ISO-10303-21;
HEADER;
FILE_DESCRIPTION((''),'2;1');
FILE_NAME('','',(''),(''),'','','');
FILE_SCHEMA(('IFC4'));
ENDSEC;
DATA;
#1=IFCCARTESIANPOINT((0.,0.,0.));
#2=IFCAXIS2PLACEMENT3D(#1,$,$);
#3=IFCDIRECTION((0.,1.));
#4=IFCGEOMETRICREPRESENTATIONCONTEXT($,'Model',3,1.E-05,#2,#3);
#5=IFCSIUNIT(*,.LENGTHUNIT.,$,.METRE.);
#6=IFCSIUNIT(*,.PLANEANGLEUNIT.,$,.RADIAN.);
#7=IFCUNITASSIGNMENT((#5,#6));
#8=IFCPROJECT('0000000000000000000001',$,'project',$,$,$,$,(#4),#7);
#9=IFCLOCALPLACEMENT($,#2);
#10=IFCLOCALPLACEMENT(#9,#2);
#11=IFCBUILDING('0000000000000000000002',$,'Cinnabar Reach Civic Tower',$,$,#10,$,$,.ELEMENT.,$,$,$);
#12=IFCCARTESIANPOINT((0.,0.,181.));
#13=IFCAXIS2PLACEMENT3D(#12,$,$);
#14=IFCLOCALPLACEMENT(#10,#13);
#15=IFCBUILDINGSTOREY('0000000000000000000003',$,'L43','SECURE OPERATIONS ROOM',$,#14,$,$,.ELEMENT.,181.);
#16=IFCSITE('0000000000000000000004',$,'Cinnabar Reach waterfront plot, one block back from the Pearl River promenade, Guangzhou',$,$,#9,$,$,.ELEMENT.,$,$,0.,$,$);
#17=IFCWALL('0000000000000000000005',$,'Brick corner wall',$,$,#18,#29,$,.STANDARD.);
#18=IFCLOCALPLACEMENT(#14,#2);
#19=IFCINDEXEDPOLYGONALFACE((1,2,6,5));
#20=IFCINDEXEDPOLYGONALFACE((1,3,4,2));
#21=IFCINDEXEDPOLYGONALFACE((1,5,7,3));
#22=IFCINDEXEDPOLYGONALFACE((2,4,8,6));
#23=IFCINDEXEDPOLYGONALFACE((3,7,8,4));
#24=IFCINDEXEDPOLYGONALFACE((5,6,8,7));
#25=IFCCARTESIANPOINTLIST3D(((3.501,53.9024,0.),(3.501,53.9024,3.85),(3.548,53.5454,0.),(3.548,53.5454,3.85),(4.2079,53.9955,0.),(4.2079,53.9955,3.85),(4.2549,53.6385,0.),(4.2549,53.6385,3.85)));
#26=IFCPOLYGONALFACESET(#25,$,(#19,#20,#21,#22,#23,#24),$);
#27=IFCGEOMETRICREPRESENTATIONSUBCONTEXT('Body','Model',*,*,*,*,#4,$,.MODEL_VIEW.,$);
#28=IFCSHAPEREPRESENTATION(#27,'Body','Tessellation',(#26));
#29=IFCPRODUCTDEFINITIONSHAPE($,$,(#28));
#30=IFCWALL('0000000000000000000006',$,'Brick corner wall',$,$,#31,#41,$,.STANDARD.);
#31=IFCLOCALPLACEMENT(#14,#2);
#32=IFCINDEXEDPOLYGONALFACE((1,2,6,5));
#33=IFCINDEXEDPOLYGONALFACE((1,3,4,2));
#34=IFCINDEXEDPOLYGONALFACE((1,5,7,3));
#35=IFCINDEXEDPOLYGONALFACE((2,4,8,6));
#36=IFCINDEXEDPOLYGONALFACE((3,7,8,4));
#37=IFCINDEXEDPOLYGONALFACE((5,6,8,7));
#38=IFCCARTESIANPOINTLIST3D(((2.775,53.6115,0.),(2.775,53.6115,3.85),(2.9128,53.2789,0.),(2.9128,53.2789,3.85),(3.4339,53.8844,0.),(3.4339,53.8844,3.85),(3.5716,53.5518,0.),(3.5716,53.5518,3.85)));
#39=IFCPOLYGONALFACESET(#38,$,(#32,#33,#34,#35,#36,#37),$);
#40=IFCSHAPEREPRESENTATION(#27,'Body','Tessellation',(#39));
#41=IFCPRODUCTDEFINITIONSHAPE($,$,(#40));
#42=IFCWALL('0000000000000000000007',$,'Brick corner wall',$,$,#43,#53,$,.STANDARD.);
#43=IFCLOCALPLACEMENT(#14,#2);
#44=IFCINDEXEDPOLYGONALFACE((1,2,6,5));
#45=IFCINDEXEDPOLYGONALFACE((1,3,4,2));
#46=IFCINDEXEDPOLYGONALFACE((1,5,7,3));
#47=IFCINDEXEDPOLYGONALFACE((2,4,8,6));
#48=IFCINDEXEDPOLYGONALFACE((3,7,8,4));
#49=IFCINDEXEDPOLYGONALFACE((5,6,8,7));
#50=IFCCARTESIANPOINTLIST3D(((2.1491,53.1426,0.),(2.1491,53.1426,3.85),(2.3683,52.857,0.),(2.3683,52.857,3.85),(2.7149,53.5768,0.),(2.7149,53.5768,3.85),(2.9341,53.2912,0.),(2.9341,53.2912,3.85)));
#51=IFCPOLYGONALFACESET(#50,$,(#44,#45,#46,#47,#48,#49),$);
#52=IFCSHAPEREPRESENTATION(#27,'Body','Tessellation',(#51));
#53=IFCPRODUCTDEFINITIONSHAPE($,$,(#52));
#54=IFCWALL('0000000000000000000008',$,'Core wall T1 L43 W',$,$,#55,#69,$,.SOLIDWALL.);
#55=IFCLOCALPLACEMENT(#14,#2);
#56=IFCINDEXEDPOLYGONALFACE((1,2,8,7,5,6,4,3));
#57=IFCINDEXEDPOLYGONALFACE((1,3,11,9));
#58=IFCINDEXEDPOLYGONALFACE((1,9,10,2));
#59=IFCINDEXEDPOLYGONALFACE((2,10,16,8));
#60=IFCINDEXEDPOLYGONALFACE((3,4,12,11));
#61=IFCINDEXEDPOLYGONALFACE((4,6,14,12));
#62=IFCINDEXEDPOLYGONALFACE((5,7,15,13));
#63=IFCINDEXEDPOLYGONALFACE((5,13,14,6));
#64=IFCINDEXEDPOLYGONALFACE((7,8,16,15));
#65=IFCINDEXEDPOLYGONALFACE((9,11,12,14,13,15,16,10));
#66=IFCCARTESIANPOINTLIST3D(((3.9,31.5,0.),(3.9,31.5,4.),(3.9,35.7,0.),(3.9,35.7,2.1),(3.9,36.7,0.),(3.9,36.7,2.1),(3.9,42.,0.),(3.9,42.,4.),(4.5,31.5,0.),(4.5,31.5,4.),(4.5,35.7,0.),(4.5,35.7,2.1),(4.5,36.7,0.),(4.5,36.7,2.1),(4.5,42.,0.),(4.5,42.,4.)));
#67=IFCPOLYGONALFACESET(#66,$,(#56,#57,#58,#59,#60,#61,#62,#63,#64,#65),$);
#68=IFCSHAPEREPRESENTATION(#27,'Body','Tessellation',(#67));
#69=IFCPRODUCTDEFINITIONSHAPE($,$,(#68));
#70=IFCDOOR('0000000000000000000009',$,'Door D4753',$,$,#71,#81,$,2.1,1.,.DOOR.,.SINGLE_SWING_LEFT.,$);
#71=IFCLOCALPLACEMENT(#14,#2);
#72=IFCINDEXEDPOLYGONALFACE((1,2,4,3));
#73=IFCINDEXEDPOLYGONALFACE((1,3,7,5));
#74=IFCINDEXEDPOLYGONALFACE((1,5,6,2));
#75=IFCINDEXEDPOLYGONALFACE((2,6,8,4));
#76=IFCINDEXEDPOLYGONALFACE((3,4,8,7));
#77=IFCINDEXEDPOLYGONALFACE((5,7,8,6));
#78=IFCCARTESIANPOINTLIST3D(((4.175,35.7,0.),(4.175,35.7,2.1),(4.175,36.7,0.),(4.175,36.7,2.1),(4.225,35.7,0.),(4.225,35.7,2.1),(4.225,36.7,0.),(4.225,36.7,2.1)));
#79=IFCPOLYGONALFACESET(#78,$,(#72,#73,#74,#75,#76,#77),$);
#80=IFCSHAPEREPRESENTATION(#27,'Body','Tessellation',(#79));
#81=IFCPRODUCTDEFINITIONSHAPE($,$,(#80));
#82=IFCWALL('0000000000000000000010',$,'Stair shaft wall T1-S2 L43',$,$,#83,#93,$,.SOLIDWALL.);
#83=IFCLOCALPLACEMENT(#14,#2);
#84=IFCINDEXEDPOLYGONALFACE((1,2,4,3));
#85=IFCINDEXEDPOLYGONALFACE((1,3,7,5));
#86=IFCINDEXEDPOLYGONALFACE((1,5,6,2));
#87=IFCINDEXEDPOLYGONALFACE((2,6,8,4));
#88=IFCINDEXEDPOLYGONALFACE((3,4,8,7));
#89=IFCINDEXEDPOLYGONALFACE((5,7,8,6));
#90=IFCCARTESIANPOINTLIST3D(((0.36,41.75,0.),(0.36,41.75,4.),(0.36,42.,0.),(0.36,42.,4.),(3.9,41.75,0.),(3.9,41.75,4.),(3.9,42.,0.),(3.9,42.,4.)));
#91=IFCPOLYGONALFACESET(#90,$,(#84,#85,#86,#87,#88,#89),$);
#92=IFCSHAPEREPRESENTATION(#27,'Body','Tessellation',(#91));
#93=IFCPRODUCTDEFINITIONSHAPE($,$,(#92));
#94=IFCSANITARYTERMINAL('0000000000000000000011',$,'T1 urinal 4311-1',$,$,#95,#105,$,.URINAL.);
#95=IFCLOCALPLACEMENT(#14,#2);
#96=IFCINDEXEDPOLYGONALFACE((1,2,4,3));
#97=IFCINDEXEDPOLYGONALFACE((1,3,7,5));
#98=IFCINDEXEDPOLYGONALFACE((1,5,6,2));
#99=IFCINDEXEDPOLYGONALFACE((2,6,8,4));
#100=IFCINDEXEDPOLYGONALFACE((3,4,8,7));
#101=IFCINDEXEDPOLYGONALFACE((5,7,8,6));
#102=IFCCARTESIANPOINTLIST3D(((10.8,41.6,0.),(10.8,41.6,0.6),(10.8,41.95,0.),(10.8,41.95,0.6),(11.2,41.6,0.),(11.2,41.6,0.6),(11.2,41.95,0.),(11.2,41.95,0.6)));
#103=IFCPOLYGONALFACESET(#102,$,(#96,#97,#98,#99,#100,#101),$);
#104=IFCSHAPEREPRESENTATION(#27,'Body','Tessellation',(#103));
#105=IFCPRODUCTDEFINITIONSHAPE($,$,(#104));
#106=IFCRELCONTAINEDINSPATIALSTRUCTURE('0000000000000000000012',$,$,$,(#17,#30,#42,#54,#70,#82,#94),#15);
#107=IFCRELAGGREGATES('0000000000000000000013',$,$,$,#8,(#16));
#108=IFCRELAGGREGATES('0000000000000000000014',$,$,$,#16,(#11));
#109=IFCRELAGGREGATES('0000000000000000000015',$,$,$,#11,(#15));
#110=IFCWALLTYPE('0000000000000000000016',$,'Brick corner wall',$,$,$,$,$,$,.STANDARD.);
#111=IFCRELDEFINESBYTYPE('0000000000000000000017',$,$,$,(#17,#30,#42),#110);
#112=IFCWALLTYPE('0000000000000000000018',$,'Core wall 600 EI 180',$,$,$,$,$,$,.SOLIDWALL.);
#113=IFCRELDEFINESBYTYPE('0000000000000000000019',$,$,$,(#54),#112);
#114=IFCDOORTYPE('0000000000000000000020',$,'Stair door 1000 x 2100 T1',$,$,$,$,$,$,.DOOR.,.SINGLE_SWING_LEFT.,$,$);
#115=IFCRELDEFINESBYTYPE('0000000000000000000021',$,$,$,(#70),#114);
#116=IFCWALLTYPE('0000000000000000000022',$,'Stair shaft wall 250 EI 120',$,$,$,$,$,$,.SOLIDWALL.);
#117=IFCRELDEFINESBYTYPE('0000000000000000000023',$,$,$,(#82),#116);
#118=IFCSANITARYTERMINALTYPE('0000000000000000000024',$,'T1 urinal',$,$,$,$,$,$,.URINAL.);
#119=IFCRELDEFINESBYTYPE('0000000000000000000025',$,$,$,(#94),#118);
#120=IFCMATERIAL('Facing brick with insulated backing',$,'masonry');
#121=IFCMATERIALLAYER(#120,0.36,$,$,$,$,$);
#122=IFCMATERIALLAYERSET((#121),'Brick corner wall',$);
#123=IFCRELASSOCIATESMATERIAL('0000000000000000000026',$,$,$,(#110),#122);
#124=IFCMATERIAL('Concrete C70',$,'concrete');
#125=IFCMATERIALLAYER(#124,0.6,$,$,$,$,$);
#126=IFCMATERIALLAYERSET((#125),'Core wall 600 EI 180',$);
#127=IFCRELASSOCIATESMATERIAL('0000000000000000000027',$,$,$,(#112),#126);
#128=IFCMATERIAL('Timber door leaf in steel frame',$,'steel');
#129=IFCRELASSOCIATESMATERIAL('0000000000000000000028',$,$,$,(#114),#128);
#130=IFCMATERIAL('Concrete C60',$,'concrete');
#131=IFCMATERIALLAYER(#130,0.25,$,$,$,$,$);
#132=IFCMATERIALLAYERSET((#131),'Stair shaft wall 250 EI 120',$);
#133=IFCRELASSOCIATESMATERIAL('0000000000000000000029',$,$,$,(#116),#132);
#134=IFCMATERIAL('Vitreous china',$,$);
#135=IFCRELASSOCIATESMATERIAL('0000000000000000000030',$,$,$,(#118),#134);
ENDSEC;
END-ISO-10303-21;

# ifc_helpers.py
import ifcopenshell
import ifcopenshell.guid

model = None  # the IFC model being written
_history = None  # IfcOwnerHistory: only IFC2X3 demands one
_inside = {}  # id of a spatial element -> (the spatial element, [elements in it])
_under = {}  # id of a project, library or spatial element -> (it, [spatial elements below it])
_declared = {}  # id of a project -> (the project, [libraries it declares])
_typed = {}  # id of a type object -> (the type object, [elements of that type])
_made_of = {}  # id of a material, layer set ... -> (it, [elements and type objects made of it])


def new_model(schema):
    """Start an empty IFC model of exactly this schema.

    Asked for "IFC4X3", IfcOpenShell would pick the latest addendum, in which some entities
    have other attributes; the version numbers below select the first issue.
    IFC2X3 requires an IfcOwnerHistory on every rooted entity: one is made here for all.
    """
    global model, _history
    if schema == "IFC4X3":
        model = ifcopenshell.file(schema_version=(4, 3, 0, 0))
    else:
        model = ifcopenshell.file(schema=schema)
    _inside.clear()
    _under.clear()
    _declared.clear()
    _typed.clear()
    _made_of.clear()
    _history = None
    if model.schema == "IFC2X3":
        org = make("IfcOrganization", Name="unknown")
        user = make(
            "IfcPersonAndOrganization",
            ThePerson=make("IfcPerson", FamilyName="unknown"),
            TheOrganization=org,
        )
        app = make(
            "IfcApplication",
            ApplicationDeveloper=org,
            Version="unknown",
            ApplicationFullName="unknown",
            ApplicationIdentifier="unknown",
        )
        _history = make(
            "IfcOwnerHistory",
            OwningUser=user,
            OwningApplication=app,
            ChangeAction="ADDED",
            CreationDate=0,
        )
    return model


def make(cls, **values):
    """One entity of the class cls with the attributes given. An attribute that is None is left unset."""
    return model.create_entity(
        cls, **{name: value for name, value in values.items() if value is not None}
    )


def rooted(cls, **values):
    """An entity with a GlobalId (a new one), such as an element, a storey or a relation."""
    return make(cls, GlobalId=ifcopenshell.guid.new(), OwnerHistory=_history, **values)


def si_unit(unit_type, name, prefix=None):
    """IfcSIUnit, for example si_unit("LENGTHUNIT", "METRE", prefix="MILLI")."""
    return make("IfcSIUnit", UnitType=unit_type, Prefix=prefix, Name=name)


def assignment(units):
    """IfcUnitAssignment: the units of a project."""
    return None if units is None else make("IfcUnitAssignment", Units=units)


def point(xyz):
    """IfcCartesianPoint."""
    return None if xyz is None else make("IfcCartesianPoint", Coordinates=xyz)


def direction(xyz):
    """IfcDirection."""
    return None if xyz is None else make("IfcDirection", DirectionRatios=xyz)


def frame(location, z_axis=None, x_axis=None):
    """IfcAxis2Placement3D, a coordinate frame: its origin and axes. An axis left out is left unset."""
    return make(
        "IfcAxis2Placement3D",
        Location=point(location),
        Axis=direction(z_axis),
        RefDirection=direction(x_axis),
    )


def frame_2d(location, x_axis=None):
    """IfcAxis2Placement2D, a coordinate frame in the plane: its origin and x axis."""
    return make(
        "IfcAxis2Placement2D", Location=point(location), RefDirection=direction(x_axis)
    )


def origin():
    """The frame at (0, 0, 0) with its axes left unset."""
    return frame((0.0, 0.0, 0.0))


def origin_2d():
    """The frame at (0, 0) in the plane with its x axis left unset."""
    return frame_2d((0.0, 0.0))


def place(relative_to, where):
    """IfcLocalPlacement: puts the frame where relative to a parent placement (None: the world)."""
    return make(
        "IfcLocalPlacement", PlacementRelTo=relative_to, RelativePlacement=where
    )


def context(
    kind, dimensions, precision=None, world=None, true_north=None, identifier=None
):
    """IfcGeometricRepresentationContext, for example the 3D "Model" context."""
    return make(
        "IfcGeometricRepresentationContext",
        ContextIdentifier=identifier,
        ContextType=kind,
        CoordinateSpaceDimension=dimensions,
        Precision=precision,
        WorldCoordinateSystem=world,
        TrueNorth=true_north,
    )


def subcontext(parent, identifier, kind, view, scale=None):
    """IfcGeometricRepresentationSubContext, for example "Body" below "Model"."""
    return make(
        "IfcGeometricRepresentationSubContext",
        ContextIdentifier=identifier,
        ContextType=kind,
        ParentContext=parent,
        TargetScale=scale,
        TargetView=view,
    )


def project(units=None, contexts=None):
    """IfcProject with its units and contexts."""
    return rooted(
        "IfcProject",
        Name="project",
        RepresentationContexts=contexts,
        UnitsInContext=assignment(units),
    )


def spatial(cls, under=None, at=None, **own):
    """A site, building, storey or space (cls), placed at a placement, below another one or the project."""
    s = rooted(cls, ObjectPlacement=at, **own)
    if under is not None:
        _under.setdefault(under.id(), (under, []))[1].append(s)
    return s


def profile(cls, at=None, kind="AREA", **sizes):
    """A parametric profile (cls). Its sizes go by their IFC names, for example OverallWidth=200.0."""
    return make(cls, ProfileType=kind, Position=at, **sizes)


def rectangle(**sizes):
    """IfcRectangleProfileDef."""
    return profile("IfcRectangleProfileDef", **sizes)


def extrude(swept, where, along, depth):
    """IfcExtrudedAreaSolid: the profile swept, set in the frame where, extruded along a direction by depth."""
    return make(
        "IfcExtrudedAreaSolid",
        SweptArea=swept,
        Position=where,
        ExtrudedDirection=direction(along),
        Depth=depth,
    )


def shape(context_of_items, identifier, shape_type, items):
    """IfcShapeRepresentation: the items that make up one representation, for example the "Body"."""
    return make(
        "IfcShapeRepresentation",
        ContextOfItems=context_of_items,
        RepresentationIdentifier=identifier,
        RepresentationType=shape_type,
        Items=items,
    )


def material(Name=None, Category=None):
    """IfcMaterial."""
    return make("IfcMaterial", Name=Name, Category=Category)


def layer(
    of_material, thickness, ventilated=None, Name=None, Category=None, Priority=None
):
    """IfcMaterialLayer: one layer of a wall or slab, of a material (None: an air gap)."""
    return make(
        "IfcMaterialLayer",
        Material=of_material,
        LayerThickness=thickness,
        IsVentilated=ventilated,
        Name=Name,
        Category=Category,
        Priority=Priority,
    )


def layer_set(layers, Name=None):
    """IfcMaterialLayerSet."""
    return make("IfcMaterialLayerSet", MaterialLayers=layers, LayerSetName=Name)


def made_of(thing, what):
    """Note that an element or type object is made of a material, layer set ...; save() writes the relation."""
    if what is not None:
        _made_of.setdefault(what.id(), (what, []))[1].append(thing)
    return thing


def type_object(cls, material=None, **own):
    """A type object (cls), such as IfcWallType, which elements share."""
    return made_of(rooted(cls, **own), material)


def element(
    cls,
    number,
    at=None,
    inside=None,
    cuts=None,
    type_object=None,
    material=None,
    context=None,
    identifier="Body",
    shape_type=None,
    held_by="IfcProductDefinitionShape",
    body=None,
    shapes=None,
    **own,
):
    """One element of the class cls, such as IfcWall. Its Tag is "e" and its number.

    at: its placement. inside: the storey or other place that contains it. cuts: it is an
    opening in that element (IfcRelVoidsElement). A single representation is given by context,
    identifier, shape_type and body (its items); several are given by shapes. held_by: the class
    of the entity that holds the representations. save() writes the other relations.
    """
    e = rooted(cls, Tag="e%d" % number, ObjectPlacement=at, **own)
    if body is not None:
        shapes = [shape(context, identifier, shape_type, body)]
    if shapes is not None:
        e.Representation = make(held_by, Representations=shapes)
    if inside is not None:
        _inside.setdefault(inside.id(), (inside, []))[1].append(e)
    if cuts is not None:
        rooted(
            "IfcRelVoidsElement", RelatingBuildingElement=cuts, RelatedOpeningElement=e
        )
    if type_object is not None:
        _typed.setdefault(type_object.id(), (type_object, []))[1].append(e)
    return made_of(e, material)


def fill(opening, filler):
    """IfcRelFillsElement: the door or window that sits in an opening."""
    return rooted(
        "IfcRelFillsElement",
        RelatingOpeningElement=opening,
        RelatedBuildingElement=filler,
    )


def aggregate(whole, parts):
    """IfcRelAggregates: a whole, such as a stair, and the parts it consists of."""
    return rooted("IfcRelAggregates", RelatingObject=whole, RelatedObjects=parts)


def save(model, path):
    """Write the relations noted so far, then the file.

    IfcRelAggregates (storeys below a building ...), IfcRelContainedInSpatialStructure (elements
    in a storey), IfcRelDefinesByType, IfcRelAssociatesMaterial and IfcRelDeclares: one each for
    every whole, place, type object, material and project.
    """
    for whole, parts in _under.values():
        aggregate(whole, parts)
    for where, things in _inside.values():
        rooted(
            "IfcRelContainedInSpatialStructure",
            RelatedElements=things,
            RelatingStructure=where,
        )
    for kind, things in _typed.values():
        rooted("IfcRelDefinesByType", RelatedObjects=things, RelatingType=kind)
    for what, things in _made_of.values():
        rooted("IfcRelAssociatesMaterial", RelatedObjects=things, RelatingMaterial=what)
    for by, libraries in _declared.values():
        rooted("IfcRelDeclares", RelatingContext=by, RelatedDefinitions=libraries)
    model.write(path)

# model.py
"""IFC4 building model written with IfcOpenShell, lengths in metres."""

from ifc_helpers import new_model, si_unit, direction, frame, frame_2d, origin, origin_2d, place, context, subcontext, project, spatial, rectangle, extrude, material, layer, layer_set, type_object, element, fill, save


model = new_model("IFC4")

# Units and contexts
model_context = context("Model", 3, precision=1e-05, world=origin(), true_north=direction((0.0, 1.0)))
body_context = subcontext(model_context, "Body", "Model", "MODEL_VIEW")
ifc_project = project(units=[si_unit("LENGTHUNIT", "METRE"), si_unit("PLANEANGLEUNIT", "RADIAN")], contexts=[model_context])

# Site, building, storey
site_placement = place(None, origin())
site = spatial("IfcSite", under=ifc_project, at=site_placement, Name="Cinnabar Reach waterfront plot, one block back from the Pearl River promenade, Guangzhou", CompositionType="ELEMENT", RefElevation=0.0)
building_placement = place(site_placement, origin())
building = spatial("IfcBuilding", under=site, at=building_placement, Name="Cinnabar Reach Civic Tower", CompositionType="ELEMENT")
storey_placement = place(building_placement, frame((0.0, 0.0, 181.0)))
storey = spatial("IfcBuildingStorey", under=building, at=storey_placement, Name="L43", Description="SECURE OPERATIONS ROOM", CompositionType="ELEMENT", Elevation=181.0)

# Shared definitions
ifc_material_1 = material(Name="Concrete C70", Category="concrete")

# Walls
ifc_material_2 = material(Name="Facing brick with insulated backing", Category="masonry")
ifc_layer_1 = layer(ifc_material_2, 0.36)
ifc_layer_set_1 = layer_set([ifc_layer_1], Name="Brick corner wall")
wall_type_1 = type_object("IfcWallType", Name="Brick corner wall", PredefinedType="STANDARD", material=ifc_layer_set_1)
for number, where, z_axis, x_axis, name in (
    (1, (4.2314, 53.817, 0.0), (0.0, 0.0, 1.0), (-0.991441, -0.130556, 0.0), "Brick corner wall"),
    (2, (3.5027, 53.7181, 0.0), (0.0, 0.0, 1.0), (-0.923872, -0.382703, 0.0), "Brick corner wall"),
):
    element("IfcWall", number, at=place(storey_placement, frame(where, z_axis=z_axis, x_axis=x_axis)), inside=storey, type_object=wall_type_1, Name=name, PredefinedType="STANDARD", context=body_context, shape_type="SweptSolid", body=[
        extrude(rectangle(XDim=0.7131, YDim=0.36, at=frame_2d((0.3565, 0.0))), origin(), (0.0, 0.0, 1.0), 3.85),
    ])
wall_1_placement = place(storey_placement, frame((2.8245, 53.434, 0.0), z_axis=(0.0, 0.0, 1.0), x_axis=(-0.793322, -0.608802, 0.0)))
element("IfcWall", 3, at=wall_1_placement, inside=storey, type_object=wall_type_1, Name="Brick corner wall", PredefinedType="STANDARD", context=body_context, shape_type="SweptSolid", body=[
    extrude(rectangle(XDim=0.7132, YDim=0.36, at=frame_2d((0.3566, 0.0))), origin(), (0.0, 0.0, 1.0), 3.85),
])

# Wall, opening, door
ifc_layer_2 = layer(ifc_material_1, 0.6)
ifc_layer_set_2 = layer_set([ifc_layer_2], Name="Core wall 600 EI 180")
wall_type_2 = type_object("IfcWallType", Name="Core wall 600 EI 180", PredefinedType="SOLIDWALL", material=ifc_layer_set_2)
wall_2_placement = place(storey_placement, frame((4.2, 42.0, 0.0), z_axis=(0.0, 0.0, 1.0), x_axis=(0.0, -1.0, 0.0)))
wall_2 = element("IfcWall", 4, at=wall_2_placement, inside=storey, type_object=wall_type_2, Name="Core wall T1 L43 W", PredefinedType="SOLIDWALL", context=body_context, shape_type="SweptSolid", body=[
    extrude(rectangle(XDim=10.5, YDim=0.6, at=frame_2d((5.25, 0.0))), origin(), (0.0, 0.0, 1.0), 4.0),
])
opening_placement = place(wall_2_placement, frame((5.3, 0.0, 0.0)))
opening = element("IfcOpeningElement", 5, at=opening_placement, cuts=wall_2, PredefinedType="OPENING", context=body_context, shape_type="SweptSolid", body=[
    extrude(rectangle(XDim=1.0, YDim=2.1, at=frame_2d((0.5, 1.05))), frame((0.0, 0.31, 0.0), z_axis=(0.0, -1.0, 0.0), x_axis=(1.0, 0.0, 0.0)), (0.0, 0.0, 1.0), 0.62),
])
ifc_material_3 = material(Name="Timber door leaf in steel frame", Category="steel")
door_type = type_object("IfcDoorType", Name="Stair door 1000 x 2100 T1", OperationType="SINGLE_SWING_LEFT", PredefinedType="DOOR", material=ifc_material_3)
door_placement = place(opening_placement, frame((1.0, 0.0, 0.0), z_axis=(0.0, 0.0, 1.0), x_axis=(-1.0, 0.0, 0.0)))
door = element("IfcDoor", 6, at=door_placement, inside=storey, type_object=door_type, Name="Door D4753", OperationType="SINGLE_SWING_LEFT", OverallHeight=2.1, OverallWidth=1.0, PredefinedType="DOOR", context=body_context, shape_type="SweptSolid", body=[
    extrude(rectangle(XDim=1.0, YDim=2.1, at=frame_2d((0.5, 1.05))), frame((0.0, 0.025, 0.0), z_axis=(0.0, -1.0, 0.0), x_axis=(1.0, 0.0, 0.0)), (0.0, 0.0, 1.0), 0.05),
])
fill(opening, door)

# Wall
ifc_material_4 = material(Name="Concrete C60", Category="concrete")
ifc_layer_3 = layer(ifc_material_4, 0.25)
ifc_layer_set_3 = layer_set([ifc_layer_3], Name="Stair shaft wall 250 EI 120")
wall_type_3 = type_object("IfcWallType", Name="Stair shaft wall 250 EI 120", PredefinedType="SOLIDWALL", material=ifc_layer_set_3)
wall_3_placement = place(storey_placement, frame((3.9, 41.875, 0.0), z_axis=(0.0, 0.0, 1.0), x_axis=(-1.0, 0.0, 0.0)))
element("IfcWall", 7, at=wall_3_placement, inside=storey, type_object=wall_type_3, Name="Stair shaft wall T1-S2 L43", PredefinedType="SOLIDWALL", context=body_context, shape_type="SweptSolid", body=[
    extrude(rectangle(XDim=3.54, YDim=0.25, at=frame_2d((1.77, 0.0))), origin(), (0.0, 0.0, 1.0), 4.0),
])

# Sanitary terminal
ifc_material_5 = material(Name="Vitreous china")
sanitary_terminal_type = type_object("IfcSanitaryTerminalType", Name="T1 urinal", PredefinedType="URINAL", material=ifc_material_5)
sanitary_terminal_placement = place(storey_placement, frame((11.0, 41.775, 0.0), z_axis=(0.0, 0.0, 1.0), x_axis=(1.0, 0.0, 0.0)))
element("IfcSanitaryTerminal", 8, at=sanitary_terminal_placement, inside=storey, type_object=sanitary_terminal_type, Name="T1 urinal 4311-1", PredefinedType="URINAL", context=body_context, shape_type="SweptSolid", body=[
    extrude(rectangle(XDim=0.4, YDim=0.35, at=origin_2d()), origin(), (0.0, 0.0, 1.0), 0.6),
])

save(model, "model.ifc")
